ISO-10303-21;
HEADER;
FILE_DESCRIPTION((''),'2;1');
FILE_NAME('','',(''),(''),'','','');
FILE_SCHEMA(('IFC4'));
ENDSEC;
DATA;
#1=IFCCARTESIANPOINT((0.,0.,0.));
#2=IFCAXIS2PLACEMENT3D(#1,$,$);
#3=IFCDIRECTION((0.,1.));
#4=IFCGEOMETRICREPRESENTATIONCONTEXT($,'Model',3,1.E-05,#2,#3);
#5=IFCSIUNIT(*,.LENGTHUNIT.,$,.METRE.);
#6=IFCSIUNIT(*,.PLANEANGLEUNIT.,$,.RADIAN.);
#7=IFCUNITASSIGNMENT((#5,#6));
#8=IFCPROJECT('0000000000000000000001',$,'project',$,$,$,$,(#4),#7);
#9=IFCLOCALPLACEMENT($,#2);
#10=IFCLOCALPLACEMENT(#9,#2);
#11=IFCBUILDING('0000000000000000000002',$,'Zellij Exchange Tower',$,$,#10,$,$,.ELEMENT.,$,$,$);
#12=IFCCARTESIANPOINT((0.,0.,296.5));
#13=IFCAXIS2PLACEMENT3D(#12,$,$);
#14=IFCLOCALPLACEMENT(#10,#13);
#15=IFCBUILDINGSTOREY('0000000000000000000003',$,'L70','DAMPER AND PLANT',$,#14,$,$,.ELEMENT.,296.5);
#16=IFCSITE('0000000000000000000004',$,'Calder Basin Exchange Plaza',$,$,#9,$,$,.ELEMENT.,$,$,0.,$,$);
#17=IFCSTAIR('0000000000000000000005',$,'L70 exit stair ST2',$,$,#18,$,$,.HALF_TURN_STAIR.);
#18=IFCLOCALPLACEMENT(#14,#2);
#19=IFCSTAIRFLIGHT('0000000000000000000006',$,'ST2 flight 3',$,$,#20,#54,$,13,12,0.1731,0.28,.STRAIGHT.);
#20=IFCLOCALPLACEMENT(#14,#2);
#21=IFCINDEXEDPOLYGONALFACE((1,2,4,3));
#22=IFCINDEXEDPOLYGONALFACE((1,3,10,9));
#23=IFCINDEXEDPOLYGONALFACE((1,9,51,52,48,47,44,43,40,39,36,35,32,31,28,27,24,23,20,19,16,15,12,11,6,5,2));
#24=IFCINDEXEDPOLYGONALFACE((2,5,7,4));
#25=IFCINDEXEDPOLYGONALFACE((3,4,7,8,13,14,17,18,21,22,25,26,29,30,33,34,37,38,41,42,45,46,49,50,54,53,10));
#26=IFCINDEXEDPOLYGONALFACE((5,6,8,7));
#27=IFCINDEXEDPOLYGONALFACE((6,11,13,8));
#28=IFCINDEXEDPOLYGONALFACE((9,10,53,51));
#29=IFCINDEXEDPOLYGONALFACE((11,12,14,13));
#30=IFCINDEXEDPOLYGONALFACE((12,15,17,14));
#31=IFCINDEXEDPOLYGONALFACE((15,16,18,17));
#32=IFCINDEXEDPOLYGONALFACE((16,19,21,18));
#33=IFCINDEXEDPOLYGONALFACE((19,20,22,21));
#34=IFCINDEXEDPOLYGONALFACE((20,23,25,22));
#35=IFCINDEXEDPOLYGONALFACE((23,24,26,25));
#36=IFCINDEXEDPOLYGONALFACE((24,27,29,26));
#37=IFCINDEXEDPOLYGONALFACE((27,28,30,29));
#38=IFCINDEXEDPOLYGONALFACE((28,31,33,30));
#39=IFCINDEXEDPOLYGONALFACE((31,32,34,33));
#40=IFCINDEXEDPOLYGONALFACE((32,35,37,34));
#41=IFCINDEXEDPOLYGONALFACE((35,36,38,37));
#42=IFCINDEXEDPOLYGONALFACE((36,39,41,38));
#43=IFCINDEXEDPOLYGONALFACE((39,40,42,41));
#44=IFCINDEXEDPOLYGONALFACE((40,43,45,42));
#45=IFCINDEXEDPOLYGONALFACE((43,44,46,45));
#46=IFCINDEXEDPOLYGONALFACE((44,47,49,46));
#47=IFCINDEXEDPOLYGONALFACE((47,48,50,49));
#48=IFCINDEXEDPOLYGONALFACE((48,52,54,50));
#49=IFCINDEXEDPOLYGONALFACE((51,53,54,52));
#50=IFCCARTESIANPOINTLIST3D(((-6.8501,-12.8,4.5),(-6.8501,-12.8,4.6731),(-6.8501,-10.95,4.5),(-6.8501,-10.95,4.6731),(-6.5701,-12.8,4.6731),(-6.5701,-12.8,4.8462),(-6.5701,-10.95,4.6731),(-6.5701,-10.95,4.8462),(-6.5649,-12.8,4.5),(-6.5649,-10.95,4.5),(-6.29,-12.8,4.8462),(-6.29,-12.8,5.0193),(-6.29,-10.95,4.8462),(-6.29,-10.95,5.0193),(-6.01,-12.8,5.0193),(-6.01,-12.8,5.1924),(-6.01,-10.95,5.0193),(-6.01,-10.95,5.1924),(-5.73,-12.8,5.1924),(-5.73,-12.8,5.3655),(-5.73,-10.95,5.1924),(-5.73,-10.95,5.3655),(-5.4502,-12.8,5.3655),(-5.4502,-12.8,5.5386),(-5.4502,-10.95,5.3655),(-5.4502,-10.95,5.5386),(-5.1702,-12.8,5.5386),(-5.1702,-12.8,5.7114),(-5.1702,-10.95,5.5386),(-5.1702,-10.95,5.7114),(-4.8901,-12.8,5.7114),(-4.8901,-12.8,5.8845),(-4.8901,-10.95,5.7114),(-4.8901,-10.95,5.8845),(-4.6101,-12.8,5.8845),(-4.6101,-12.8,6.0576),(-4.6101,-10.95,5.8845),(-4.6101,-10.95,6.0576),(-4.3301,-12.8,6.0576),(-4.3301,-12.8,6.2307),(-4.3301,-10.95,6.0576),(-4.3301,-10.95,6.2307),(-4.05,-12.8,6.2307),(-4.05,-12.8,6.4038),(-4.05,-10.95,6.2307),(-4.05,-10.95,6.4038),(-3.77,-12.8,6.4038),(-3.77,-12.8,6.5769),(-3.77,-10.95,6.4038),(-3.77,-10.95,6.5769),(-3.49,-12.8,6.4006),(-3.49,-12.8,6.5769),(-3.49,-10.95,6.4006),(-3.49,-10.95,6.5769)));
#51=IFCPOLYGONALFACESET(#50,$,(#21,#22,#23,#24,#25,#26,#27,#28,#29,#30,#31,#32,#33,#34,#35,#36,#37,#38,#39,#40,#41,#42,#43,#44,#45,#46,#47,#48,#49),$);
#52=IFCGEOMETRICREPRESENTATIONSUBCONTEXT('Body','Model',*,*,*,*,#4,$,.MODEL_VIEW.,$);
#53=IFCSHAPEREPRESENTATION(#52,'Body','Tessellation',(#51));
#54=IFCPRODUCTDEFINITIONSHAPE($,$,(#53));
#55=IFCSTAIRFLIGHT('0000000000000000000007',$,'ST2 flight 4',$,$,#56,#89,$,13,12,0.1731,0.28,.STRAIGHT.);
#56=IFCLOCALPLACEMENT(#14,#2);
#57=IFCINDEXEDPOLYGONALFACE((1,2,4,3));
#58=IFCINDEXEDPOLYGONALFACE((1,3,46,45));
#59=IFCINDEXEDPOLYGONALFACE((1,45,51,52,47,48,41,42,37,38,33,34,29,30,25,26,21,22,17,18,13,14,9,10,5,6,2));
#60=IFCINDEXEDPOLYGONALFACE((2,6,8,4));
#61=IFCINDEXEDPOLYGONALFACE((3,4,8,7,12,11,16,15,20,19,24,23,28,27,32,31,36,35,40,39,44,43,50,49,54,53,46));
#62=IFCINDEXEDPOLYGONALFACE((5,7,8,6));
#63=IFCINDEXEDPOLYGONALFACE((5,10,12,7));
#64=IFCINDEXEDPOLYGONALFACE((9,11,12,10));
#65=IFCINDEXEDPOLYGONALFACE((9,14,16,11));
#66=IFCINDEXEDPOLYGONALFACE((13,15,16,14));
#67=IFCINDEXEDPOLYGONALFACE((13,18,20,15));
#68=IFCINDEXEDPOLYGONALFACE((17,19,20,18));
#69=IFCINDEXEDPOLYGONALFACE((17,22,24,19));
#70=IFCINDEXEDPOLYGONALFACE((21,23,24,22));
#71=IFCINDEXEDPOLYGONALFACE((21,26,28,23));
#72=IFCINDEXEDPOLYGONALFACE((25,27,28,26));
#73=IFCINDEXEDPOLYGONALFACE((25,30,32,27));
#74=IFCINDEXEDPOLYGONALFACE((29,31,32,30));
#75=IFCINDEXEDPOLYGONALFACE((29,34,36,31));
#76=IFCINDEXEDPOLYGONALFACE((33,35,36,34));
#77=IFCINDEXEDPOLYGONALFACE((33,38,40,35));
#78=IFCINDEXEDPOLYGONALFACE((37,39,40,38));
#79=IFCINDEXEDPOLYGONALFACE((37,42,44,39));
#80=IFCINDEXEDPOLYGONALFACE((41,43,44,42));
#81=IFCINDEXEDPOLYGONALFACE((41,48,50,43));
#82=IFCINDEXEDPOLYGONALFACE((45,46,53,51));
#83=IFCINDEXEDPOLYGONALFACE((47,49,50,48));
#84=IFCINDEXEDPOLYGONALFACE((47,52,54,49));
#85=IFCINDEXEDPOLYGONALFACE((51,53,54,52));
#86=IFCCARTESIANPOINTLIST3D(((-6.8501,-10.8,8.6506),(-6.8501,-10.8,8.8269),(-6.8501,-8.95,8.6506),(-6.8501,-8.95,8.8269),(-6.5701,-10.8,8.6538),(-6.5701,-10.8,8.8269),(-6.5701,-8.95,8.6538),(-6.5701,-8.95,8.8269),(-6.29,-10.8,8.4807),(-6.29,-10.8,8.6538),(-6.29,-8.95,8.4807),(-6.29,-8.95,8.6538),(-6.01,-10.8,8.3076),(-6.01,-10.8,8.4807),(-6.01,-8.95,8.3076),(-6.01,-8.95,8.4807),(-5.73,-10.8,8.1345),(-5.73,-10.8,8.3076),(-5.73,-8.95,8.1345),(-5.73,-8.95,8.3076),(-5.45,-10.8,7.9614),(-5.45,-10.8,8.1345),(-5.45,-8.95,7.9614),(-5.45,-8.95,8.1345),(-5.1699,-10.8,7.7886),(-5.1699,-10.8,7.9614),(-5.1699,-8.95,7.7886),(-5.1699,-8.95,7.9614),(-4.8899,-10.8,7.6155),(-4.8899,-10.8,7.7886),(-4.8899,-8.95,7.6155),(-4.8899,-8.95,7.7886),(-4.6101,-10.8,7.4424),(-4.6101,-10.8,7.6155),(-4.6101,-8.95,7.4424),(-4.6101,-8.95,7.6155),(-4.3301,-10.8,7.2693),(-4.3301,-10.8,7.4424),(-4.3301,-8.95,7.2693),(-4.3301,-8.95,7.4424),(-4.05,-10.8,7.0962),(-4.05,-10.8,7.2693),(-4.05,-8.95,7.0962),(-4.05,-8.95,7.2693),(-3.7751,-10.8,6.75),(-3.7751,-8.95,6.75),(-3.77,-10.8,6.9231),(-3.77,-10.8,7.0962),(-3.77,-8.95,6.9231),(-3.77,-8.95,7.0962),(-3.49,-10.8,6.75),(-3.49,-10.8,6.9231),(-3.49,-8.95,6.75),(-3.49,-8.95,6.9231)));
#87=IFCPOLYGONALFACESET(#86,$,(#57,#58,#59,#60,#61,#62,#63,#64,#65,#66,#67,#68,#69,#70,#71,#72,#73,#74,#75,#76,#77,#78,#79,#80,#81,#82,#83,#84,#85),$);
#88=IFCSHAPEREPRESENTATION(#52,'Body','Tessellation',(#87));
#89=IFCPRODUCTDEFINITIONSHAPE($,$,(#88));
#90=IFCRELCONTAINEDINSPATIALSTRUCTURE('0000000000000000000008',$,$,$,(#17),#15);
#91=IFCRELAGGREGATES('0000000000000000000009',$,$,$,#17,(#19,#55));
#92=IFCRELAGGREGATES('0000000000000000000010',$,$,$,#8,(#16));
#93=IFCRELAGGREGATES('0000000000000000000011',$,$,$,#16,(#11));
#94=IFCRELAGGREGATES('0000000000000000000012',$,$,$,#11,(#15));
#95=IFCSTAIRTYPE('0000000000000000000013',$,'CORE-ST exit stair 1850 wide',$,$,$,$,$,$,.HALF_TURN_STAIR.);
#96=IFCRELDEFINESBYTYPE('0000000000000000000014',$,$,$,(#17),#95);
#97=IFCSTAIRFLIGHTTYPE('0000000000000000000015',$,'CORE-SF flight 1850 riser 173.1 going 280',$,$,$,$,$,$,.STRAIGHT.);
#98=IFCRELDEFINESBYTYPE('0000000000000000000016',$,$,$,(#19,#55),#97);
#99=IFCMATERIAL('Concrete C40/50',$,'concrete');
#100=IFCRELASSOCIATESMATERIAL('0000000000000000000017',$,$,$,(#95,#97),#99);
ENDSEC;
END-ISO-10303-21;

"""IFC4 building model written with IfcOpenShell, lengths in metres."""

from ifc_helpers import new_model, si_unit, direction, frame, origin, place, context, subcontext, project, spatial, polyline, outline, extrude, material, type_object, element, aggregate, save


model = new_model("IFC4")

# Units and contexts
model_context = context("Model", 3, precision=1e-05, world=origin(), true_north=direction((0.0, 1.0)))
body_context = subcontext(model_context, "Body", "Model", "MODEL_VIEW")
ifc_project = project(units=[si_unit("LENGTHUNIT", "METRE"), si_unit("PLANEANGLEUNIT", "RADIAN")], contexts=[model_context])

# Site, building, storey
site_placement = place(None, origin())
site = spatial("IfcSite", under=ifc_project, at=site_placement, Name="Calder Basin Exchange Plaza", CompositionType="ELEMENT", RefElevation=0.0)
building_placement = place(site_placement, origin())
building = spatial("IfcBuilding", under=site, at=building_placement, Name="Zellij Exchange Tower", CompositionType="ELEMENT")
storey_placement = place(building_placement, frame((0.0, 0.0, 296.5)))
storey = spatial("IfcBuildingStorey", under=building, at=storey_placement, Name="L70", Description="DAMPER AND PLANT", CompositionType="ELEMENT", Elevation=296.5)

# Shared definitions
ifc_material_1 = material(Name="Concrete C40/50", Category="concrete")

# Stair, stair flights
stair_type = type_object("IfcStairType", Name="CORE-ST exit stair 1850 wide", PredefinedType="HALF_TURN_STAIR", material=ifc_material_1)
stair_placement = place(storey_placement, origin())
stair = element("IfcStair", 1, at=stair_placement, inside=storey, type_object=stair_type, Name="L70 exit stair ST2", PredefinedType="HALF_TURN_STAIR")
stair_flight_type = type_object("IfcStairFlightType", Name="CORE-SF flight 1850 riser 173.1 going 280", PredefinedType="STRAIGHT", material=ifc_material_1)
stair_flight_1_placement = place(storey_placement, frame((-6.8501, -11.875, 4.5), z_axis=(0.0, 0.0, 1.0), x_axis=(1.0, 0.0, 0.0)))
stair_flight_1 = element("IfcStairFlight", 2, at=stair_flight_1_placement, type_object=stair_flight_type, Name="ST2 flight 3", NumberOfRisers=13, NumberOfTreads=12, PredefinedType="STRAIGHT", RiserHeight=0.1731, TreadLength=0.28, context=body_context, shape_type="SweptSolid", body=[
    extrude(outline(polyline([(0.0, 0.0), (0.0, 0.1731), (0.28, 0.1731), (0.28, 0.3462), (0.5601, 0.3462), (0.5601, 0.5193), (0.8401, 0.5193), (0.8401, 0.6924), (1.1201, 0.6924), (1.1201, 0.8655), (1.3999, 0.8655), (1.3999, 1.0386), (1.6799, 1.0386), (1.6799, 1.2114), (1.96, 1.2114), (1.96, 1.3845), (2.24, 1.3845), (2.24, 1.5576), (2.52, 1.5576), (2.52, 1.7307), (2.8, 1.7307), (2.8, 1.9038), (3.0801, 1.9038), (3.0801, 2.0769), (3.3601, 2.0769), (3.3601, 2.25), (3.3601, 1.9006), (0.2852, 0.0), (0.0, 0.0)])), frame((0.0, 0.925, 0.0), z_axis=(0.0, -1.0, 0.0), x_axis=(1.0, 0.0, 0.0)), (0.0, 0.0, 1.0), 1.8501),
])
stair_flight_2_placement = place(storey_placement, frame((-3.49, -9.875, 6.75), z_axis=(0.0, 0.0, 1.0), x_axis=(-1.0, 0.0, 0.0)))
stair_flight_2 = element("IfcStairFlight", 3, at=stair_flight_2_placement, type_object=stair_flight_type, Name="ST2 flight 4", NumberOfRisers=13, NumberOfTreads=12, PredefinedType="STRAIGHT", RiserHeight=0.1731, TreadLength=0.28, context=body_context, shape_type="SweptSolid", body=[
    extrude(outline(polyline([(0.0, 0.0), (0.0, 0.1731), (0.28, 0.1731), (0.28, 0.3462), (0.5601, 0.3462), (0.5601, 0.5193), (0.8401, 0.5193), (0.8401, 0.6924), (1.1201, 0.6924), (1.1201, 0.8655), (1.3999, 0.8655), (1.3999, 1.0386), (1.6799, 1.0386), (1.6799, 1.2114), (1.96, 1.2114), (1.96, 1.3845), (2.24, 1.3845), (2.24, 1.5576), (2.52, 1.5576), (2.52, 1.7307), (2.8, 1.7307), (2.8, 1.9038), (3.0801, 1.9038), (3.0801, 2.0769), (3.3601, 2.0769), (3.3601, 2.25), (3.3601, 1.9006), (0.2852, 0.0), (0.0, 0.0)])), frame((0.0, 0.925, 0.0), z_axis=(0.0, -1.0, 0.0), x_axis=(1.0, 0.0, 0.0)), (0.0, 0.0, 1.0), 1.8501),
])
aggregate(stair, [stair_flight_1, stair_flight_2])

save(model, "model.ifc")
